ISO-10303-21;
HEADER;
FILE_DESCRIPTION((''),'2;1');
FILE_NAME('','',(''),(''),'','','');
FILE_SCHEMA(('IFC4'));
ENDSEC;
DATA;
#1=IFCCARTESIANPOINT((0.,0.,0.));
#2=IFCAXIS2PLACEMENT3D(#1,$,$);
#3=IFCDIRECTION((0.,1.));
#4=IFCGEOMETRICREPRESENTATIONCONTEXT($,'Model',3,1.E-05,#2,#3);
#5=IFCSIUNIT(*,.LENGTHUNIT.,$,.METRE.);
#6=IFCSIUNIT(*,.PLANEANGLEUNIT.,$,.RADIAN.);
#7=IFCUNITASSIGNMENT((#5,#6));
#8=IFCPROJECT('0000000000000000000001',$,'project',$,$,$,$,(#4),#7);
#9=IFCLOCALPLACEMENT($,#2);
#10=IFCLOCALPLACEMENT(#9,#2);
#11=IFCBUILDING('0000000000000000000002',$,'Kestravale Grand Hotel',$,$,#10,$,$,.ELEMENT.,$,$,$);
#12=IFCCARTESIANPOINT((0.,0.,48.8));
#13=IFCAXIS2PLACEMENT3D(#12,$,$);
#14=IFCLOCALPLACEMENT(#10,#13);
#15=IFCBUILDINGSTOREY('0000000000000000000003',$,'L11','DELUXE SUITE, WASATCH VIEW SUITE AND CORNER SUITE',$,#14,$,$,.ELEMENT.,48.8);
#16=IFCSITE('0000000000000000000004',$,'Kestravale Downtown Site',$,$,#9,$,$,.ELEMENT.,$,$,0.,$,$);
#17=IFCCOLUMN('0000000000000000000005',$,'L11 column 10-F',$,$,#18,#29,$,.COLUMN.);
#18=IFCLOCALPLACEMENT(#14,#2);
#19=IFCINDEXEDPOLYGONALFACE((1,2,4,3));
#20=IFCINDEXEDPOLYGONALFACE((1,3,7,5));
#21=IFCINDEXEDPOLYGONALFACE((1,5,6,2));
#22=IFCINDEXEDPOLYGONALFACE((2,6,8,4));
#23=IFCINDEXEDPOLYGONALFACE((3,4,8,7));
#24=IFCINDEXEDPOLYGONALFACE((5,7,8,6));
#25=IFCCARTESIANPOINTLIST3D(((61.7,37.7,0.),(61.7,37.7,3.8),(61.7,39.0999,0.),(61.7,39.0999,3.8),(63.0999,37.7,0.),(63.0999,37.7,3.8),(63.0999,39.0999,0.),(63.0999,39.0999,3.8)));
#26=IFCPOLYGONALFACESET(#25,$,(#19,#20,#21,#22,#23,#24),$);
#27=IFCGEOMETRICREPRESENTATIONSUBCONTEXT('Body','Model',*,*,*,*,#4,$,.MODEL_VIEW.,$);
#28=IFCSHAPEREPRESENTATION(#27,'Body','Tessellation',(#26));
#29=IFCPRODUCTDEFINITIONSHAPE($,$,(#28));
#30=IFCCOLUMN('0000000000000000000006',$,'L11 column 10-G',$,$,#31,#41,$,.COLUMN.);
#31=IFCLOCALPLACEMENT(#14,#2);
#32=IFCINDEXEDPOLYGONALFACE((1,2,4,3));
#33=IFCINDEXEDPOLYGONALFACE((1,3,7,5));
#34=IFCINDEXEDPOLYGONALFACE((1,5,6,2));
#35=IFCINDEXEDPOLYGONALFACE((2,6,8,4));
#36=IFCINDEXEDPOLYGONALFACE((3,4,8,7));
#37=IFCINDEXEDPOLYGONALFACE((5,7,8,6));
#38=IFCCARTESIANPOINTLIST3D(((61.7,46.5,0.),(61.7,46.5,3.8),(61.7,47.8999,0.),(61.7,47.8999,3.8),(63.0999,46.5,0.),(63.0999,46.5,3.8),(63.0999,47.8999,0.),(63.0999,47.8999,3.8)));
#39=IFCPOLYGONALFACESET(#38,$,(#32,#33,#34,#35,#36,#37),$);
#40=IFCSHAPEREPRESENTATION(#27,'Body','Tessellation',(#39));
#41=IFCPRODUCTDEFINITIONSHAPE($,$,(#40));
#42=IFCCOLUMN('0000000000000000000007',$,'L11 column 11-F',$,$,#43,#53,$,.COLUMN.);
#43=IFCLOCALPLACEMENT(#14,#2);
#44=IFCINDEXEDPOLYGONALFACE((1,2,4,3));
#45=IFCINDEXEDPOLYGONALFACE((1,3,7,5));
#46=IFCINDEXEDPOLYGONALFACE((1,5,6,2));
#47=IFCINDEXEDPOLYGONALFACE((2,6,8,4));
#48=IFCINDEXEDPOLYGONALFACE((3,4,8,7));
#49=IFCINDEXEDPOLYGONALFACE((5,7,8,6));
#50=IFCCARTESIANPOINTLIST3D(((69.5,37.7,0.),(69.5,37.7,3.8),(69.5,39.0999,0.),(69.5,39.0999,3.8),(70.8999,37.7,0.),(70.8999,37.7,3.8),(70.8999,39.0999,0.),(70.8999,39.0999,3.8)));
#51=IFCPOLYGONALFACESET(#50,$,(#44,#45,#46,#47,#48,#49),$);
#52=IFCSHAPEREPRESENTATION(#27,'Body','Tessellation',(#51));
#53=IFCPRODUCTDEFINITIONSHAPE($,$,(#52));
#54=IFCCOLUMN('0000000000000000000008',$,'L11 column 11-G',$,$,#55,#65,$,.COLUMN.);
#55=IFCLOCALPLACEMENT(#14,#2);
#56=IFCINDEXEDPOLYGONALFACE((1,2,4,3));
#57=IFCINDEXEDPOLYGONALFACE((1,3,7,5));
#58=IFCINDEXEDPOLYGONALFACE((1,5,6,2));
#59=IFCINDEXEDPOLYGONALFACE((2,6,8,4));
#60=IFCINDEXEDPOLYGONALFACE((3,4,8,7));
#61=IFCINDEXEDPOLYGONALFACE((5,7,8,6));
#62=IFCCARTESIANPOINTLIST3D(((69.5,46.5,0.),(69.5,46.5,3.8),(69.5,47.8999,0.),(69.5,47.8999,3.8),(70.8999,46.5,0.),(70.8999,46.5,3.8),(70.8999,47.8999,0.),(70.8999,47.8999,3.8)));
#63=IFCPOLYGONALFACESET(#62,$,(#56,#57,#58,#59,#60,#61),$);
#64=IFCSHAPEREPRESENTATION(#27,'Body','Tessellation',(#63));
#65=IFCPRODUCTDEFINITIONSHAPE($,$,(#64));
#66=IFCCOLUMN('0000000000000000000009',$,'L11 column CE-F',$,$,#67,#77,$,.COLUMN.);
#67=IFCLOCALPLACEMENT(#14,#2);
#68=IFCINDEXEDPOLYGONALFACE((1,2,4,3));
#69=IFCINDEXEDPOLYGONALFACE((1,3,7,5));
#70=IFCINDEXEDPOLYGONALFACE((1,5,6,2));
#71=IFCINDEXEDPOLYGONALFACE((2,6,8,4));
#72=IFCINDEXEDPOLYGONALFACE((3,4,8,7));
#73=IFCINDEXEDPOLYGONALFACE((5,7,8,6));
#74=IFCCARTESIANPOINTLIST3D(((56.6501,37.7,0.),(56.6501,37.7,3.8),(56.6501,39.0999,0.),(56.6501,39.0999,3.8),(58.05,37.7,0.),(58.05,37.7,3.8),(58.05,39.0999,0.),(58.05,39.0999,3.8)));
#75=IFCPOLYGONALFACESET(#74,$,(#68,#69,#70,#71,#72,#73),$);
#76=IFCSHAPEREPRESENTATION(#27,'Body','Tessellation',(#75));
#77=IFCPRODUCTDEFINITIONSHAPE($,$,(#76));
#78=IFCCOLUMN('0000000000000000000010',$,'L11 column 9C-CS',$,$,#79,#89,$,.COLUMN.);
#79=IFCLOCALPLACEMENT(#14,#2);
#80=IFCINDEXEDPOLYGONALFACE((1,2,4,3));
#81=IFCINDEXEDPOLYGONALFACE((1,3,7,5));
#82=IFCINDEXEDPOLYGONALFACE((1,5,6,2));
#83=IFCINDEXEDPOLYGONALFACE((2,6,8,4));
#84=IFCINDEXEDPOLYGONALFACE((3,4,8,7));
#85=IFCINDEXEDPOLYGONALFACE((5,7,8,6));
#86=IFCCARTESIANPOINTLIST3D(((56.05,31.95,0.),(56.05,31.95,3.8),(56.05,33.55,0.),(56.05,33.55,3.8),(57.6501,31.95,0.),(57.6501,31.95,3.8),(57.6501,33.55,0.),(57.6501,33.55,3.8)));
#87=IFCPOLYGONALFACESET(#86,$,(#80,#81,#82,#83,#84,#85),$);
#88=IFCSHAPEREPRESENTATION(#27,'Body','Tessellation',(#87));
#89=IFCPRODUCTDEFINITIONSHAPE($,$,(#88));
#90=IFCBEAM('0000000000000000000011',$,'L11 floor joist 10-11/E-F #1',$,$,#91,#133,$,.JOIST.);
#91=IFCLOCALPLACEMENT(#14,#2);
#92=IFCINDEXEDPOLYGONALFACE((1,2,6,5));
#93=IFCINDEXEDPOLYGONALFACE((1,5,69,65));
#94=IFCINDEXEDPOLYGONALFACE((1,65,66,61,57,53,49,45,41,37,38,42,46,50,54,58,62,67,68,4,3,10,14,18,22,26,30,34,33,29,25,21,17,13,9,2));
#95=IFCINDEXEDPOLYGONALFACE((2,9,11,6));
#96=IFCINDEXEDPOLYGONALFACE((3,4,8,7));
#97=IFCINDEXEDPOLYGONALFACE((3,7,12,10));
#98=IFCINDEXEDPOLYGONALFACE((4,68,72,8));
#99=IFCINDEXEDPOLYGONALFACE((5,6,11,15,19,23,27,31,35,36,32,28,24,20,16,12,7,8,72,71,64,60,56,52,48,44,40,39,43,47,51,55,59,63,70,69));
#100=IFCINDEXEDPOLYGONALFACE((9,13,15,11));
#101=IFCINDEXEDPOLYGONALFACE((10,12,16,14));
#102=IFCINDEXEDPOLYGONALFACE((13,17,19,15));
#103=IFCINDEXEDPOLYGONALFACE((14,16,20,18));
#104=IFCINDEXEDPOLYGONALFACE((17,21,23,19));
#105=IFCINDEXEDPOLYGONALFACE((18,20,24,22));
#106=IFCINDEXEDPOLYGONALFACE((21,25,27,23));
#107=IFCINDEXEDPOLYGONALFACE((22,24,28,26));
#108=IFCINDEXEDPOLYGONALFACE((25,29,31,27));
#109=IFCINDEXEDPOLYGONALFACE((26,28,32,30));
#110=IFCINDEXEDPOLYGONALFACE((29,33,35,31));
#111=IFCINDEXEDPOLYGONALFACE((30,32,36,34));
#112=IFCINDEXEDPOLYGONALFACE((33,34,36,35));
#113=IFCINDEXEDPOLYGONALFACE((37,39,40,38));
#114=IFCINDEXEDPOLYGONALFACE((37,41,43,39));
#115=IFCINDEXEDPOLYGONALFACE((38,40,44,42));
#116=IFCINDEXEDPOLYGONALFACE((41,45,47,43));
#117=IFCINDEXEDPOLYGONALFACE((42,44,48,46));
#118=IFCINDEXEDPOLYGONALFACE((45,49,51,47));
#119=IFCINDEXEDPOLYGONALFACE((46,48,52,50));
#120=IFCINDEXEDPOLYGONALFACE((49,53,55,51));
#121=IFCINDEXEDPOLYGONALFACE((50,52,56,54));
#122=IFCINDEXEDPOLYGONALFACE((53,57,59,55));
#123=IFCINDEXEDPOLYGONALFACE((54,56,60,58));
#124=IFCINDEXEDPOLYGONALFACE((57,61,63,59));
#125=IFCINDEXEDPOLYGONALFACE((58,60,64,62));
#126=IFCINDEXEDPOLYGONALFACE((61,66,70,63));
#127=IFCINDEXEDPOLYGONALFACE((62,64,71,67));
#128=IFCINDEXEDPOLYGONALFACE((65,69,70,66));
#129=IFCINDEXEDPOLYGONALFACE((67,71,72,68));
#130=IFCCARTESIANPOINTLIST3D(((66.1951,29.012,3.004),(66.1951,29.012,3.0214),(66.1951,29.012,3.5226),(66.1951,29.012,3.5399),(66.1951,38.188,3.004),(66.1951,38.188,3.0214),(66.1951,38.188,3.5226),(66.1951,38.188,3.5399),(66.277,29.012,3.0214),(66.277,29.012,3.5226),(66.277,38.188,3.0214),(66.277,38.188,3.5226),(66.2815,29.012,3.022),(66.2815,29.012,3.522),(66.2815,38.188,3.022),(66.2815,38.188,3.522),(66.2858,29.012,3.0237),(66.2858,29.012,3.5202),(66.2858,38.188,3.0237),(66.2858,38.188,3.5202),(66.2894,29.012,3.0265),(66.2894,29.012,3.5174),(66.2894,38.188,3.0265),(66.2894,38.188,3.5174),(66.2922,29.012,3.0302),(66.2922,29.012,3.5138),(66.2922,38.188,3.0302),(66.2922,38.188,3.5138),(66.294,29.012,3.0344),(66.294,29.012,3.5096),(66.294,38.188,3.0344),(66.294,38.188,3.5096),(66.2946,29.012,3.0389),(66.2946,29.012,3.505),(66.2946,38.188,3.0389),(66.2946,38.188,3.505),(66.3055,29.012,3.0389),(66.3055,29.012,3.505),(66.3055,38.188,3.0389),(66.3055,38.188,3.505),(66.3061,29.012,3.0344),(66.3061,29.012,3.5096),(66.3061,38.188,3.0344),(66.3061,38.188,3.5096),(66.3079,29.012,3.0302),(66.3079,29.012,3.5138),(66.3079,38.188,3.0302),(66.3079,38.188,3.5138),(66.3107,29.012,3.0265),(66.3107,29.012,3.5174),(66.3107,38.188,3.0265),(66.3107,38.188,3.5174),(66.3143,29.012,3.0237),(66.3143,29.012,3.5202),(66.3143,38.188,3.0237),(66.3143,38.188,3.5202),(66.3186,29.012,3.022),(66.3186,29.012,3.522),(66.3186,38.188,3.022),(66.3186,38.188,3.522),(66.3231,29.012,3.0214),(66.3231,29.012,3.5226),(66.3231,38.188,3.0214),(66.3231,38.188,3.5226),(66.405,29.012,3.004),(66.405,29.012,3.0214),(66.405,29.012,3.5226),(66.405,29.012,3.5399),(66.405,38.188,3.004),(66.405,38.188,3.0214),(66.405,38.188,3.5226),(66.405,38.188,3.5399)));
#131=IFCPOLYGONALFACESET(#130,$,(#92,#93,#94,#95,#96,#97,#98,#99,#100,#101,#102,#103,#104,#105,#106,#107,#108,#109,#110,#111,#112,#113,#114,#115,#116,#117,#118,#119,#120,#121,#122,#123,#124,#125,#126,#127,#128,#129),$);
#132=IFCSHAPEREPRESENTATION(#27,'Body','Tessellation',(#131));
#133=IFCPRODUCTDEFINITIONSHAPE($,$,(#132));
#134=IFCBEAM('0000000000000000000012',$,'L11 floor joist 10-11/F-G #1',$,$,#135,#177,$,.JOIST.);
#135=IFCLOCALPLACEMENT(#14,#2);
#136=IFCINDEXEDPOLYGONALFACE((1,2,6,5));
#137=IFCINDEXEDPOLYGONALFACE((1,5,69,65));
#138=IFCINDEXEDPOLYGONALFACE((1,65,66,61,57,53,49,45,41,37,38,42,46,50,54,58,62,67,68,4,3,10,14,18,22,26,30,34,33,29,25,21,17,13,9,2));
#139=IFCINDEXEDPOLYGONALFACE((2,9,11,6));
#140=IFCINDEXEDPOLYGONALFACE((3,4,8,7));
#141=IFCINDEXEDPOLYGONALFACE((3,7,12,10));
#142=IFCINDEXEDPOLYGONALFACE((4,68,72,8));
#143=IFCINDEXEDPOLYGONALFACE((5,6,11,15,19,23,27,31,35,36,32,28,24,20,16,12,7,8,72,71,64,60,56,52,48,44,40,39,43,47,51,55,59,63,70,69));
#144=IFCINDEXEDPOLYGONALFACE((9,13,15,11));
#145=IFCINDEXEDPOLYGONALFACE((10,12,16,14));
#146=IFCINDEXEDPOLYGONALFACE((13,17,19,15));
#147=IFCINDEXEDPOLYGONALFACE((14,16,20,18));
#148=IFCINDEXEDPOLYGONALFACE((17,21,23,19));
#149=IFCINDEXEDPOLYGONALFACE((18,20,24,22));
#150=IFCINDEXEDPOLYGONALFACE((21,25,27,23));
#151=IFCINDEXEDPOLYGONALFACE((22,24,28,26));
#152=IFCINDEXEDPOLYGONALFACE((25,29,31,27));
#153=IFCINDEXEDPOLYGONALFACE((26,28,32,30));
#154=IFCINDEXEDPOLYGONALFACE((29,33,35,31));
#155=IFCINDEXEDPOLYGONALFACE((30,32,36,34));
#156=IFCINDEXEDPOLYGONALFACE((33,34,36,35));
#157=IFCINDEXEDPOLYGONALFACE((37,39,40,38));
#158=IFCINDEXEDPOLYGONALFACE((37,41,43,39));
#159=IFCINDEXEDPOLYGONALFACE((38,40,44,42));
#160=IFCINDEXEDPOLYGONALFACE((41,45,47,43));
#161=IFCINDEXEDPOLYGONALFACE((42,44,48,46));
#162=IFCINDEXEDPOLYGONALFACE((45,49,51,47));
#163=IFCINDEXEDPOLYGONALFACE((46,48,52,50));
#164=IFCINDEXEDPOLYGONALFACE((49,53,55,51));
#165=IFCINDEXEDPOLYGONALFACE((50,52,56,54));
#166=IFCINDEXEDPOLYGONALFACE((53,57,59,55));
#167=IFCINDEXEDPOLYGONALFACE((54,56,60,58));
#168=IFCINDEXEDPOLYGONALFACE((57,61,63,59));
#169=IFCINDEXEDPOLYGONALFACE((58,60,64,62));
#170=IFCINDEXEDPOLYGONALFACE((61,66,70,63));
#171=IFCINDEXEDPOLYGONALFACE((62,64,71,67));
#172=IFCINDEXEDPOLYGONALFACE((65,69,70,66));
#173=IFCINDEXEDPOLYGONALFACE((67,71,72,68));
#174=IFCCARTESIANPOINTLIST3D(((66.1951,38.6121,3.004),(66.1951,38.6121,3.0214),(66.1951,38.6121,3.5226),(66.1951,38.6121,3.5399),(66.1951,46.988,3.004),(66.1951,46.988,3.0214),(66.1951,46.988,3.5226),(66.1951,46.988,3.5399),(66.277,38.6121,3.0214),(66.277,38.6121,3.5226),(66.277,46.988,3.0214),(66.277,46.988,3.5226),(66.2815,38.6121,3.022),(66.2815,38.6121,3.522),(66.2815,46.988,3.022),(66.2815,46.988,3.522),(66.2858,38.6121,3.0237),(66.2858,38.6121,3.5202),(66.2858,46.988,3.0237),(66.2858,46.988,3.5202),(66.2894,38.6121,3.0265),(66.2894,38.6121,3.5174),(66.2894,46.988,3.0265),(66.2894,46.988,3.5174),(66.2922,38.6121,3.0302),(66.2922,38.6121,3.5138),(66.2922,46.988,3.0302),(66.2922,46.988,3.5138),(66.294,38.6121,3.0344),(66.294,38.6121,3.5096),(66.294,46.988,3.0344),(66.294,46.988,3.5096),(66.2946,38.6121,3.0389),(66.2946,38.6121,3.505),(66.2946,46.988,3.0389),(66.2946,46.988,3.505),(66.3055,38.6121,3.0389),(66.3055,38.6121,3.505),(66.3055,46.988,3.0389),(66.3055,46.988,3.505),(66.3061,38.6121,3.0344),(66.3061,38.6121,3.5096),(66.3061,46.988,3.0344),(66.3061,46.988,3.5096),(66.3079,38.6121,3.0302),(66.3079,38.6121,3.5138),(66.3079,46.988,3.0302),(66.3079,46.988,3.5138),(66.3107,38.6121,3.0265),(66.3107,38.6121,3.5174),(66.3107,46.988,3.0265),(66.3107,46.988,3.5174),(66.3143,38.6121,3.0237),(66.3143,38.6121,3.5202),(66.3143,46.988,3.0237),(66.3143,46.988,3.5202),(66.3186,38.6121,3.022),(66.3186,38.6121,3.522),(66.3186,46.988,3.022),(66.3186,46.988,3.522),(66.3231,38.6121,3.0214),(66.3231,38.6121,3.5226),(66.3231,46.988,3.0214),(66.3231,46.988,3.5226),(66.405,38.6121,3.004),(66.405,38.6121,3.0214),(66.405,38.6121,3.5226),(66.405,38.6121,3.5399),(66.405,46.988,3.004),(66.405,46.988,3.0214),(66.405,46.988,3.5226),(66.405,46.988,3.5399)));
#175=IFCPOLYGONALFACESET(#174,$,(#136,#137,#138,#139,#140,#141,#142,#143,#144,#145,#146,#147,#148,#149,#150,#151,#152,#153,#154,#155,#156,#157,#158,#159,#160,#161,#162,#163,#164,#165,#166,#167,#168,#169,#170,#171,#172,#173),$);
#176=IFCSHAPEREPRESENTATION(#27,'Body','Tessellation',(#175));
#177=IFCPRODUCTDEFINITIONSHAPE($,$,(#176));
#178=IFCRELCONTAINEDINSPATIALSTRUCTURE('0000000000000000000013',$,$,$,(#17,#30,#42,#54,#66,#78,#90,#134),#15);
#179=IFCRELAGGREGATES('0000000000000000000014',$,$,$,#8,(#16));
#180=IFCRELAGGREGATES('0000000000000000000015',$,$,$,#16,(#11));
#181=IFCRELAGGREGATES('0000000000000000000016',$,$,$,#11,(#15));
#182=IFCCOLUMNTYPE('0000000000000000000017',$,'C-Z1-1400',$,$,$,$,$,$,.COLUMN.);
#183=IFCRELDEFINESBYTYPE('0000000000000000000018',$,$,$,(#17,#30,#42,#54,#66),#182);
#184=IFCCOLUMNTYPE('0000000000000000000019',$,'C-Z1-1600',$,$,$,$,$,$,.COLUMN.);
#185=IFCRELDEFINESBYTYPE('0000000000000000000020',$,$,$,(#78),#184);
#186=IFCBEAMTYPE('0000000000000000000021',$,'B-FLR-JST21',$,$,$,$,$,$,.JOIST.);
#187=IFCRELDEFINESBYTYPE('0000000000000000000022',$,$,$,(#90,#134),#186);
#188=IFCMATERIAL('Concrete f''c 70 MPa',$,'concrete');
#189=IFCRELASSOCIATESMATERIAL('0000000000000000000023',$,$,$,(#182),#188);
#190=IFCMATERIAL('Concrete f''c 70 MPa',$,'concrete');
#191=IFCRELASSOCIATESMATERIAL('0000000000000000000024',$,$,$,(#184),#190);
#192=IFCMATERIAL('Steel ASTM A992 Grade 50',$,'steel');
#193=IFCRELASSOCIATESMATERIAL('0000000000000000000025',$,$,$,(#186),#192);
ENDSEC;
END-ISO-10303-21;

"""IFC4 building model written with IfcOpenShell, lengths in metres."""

from ifc_helpers import new_model, si_unit, direction, frame, origin, origin_2d, place, context, subcontext, project, spatial, rectangle, i_section, extrude, material, material_profile, profile_set, type_object, element, save


model = new_model("IFC4")

# Units and contexts
model_context = context("Model", 3, precision=1e-05, world=origin(), true_north=direction((0.0, 1.0)))
body_context = subcontext(model_context, "Body", "Model", "MODEL_VIEW")
ifc_project = project(units=[si_unit("LENGTHUNIT", "METRE"), si_unit("PLANEANGLEUNIT", "RADIAN")], contexts=[model_context])

# Site, building, storey
site_placement = place(None, origin())
site = spatial("IfcSite", under=ifc_project, at=site_placement, Name="Kestravale Downtown Site", CompositionType="ELEMENT", RefElevation=0.0)
building_placement = place(site_placement, origin())
building = spatial("IfcBuilding", under=site, at=building_placement, Name="Kestravale Grand Hotel", CompositionType="ELEMENT")
storey_placement = place(building_placement, frame((0.0, 0.0, 48.8)))
storey = spatial("IfcBuildingStorey", under=building, at=storey_placement, Name="L11", Description="DELUXE SUITE, WASATCH VIEW SUITE AND CORNER SUITE", CompositionType="ELEMENT", Elevation=48.8)

# Columns
ifc_material_1 = material(Name="Concrete f'c 70 MPa", Category="concrete")
ifc_material_profile_1 = material_profile(ifc_material_1, rectangle(XDim=1.3999, YDim=1.3999, at=origin_2d()))
ifc_profile_set_1 = profile_set([ifc_material_profile_1], Name="Concrete f'c 70 MPa")
column_type_1 = type_object("IfcColumnType", Name="C-Z1-1400", PredefinedType="COLUMN", material=ifc_profile_set_1)
for number, where, z_axis, x_axis, name in (
    (1, (62.3999, 38.3999, 0.0), (0.0, 0.0, 1.0), (1.0, 0.0, 0.0), "L11 column 10-F"),
    (2, (62.3999, 47.2, 0.0), (0.0, 0.0, 1.0), (1.0, 0.0, 0.0), "L11 column 10-G"),
    (3, (70.2, 38.3999, 0.0), (0.0, 0.0, 1.0), (1.0, 0.0, 0.0), "L11 column 11-F"),
    (4, (70.2, 47.2, 0.0), (0.0, 0.0, 1.0), (1.0, 0.0, 0.0), "L11 column 11-G"),
    (5, (57.3501, 38.3999, 0.0), (0.0, 0.0, 1.0), (1.0, 0.0, 0.0), "L11 column CE-F"),
):
    element("IfcColumn", number, at=place(storey_placement, frame(where, z_axis=z_axis, x_axis=x_axis)), inside=storey, type_object=column_type_1, Name=name, PredefinedType="COLUMN", context=body_context, shape_type="SweptSolid", body=[
        extrude(rectangle(XDim=1.3999, YDim=1.3999, at=origin_2d()), origin(), (0.0, 0.0, 1.0), 3.8),
    ])
ifc_material_2 = material(Name="Concrete f'c 70 MPa", Category="concrete")
ifc_material_profile_2 = material_profile(ifc_material_2, rectangle(XDim=1.6001, YDim=1.6001, at=origin_2d()))
ifc_profile_set_2 = profile_set([ifc_material_profile_2], Name="Concrete f'c 70 MPa")
column_type_2 = type_object("IfcColumnType", Name="C-Z1-1600", PredefinedType="COLUMN", material=ifc_profile_set_2)
column_placement = place(storey_placement, frame((56.8501, 32.75, 0.0), z_axis=(0.0, 0.0, 1.0), x_axis=(1.0, 0.0, 0.0)))
element("IfcColumn", 6, at=column_placement, inside=storey, type_object=column_type_2, Name="L11 column 9C-CS", PredefinedType="COLUMN", context=body_context, shape_type="SweptSolid", body=[
    extrude(rectangle(XDim=1.6001, YDim=1.6001, at=origin_2d()), origin(), (0.0, 0.0, 1.0), 3.8),
])

# Beams
ifc_material_3 = material(Name="Steel ASTM A992 Grade 50", Category="steel")
ifc_material_profile_3 = material_profile(ifc_material_3, i_section(OverallWidth=0.21, OverallDepth=0.5359, WebThickness=0.011, FlangeThickness=0.0173, FilletRadius=0.0176, at=origin_2d()))
ifc_profile_set_3 = profile_set([ifc_material_profile_3], Name="Steel ASTM A992 Grade 50")
beam_type_1 = type_object("IfcBeamType", Name="B-FLR-JST21", PredefinedType="JOIST", material=ifc_profile_set_3)
beam_1_placement = place(storey_placement, frame((66.3, 29.012, 3.272), z_axis=(0.0, 1.0, 0.0), x_axis=(-1.0, 0.0, 0.0)))
element("IfcBeam", 7, at=beam_1_placement, inside=storey, type_object=beam_type_1, Name="L11 floor joist 10-11/E-F #1", PredefinedType="JOIST", context=body_context, shape_type="SweptSolid", body=[
    extrude(i_section(OverallWidth=0.21, OverallDepth=0.5359, WebThickness=0.011, FlangeThickness=0.0173, FilletRadius=0.0176, at=origin_2d()), origin(), (0.0, 0.0, 1.0), 9.176),
])
beam_2_placement = place(storey_placement, frame((66.3, 38.6121, 3.272), z_axis=(0.0, 1.0, 0.0), x_axis=(-1.0, 0.0, 0.0)))
element("IfcBeam", 8, at=beam_2_placement, inside=storey, type_object=beam_type_1, Name="L11 floor joist 10-11/F-G #1", PredefinedType="JOIST", context=body_context, shape_type="SweptSolid", body=[
    extrude(i_section(OverallWidth=0.21, OverallDepth=0.5359, WebThickness=0.011, FlangeThickness=0.0173, FilletRadius=0.0176, at=origin_2d()), origin(), (0.0, 0.0, 1.0), 8.376),
])

save(model, "model.ifc")
